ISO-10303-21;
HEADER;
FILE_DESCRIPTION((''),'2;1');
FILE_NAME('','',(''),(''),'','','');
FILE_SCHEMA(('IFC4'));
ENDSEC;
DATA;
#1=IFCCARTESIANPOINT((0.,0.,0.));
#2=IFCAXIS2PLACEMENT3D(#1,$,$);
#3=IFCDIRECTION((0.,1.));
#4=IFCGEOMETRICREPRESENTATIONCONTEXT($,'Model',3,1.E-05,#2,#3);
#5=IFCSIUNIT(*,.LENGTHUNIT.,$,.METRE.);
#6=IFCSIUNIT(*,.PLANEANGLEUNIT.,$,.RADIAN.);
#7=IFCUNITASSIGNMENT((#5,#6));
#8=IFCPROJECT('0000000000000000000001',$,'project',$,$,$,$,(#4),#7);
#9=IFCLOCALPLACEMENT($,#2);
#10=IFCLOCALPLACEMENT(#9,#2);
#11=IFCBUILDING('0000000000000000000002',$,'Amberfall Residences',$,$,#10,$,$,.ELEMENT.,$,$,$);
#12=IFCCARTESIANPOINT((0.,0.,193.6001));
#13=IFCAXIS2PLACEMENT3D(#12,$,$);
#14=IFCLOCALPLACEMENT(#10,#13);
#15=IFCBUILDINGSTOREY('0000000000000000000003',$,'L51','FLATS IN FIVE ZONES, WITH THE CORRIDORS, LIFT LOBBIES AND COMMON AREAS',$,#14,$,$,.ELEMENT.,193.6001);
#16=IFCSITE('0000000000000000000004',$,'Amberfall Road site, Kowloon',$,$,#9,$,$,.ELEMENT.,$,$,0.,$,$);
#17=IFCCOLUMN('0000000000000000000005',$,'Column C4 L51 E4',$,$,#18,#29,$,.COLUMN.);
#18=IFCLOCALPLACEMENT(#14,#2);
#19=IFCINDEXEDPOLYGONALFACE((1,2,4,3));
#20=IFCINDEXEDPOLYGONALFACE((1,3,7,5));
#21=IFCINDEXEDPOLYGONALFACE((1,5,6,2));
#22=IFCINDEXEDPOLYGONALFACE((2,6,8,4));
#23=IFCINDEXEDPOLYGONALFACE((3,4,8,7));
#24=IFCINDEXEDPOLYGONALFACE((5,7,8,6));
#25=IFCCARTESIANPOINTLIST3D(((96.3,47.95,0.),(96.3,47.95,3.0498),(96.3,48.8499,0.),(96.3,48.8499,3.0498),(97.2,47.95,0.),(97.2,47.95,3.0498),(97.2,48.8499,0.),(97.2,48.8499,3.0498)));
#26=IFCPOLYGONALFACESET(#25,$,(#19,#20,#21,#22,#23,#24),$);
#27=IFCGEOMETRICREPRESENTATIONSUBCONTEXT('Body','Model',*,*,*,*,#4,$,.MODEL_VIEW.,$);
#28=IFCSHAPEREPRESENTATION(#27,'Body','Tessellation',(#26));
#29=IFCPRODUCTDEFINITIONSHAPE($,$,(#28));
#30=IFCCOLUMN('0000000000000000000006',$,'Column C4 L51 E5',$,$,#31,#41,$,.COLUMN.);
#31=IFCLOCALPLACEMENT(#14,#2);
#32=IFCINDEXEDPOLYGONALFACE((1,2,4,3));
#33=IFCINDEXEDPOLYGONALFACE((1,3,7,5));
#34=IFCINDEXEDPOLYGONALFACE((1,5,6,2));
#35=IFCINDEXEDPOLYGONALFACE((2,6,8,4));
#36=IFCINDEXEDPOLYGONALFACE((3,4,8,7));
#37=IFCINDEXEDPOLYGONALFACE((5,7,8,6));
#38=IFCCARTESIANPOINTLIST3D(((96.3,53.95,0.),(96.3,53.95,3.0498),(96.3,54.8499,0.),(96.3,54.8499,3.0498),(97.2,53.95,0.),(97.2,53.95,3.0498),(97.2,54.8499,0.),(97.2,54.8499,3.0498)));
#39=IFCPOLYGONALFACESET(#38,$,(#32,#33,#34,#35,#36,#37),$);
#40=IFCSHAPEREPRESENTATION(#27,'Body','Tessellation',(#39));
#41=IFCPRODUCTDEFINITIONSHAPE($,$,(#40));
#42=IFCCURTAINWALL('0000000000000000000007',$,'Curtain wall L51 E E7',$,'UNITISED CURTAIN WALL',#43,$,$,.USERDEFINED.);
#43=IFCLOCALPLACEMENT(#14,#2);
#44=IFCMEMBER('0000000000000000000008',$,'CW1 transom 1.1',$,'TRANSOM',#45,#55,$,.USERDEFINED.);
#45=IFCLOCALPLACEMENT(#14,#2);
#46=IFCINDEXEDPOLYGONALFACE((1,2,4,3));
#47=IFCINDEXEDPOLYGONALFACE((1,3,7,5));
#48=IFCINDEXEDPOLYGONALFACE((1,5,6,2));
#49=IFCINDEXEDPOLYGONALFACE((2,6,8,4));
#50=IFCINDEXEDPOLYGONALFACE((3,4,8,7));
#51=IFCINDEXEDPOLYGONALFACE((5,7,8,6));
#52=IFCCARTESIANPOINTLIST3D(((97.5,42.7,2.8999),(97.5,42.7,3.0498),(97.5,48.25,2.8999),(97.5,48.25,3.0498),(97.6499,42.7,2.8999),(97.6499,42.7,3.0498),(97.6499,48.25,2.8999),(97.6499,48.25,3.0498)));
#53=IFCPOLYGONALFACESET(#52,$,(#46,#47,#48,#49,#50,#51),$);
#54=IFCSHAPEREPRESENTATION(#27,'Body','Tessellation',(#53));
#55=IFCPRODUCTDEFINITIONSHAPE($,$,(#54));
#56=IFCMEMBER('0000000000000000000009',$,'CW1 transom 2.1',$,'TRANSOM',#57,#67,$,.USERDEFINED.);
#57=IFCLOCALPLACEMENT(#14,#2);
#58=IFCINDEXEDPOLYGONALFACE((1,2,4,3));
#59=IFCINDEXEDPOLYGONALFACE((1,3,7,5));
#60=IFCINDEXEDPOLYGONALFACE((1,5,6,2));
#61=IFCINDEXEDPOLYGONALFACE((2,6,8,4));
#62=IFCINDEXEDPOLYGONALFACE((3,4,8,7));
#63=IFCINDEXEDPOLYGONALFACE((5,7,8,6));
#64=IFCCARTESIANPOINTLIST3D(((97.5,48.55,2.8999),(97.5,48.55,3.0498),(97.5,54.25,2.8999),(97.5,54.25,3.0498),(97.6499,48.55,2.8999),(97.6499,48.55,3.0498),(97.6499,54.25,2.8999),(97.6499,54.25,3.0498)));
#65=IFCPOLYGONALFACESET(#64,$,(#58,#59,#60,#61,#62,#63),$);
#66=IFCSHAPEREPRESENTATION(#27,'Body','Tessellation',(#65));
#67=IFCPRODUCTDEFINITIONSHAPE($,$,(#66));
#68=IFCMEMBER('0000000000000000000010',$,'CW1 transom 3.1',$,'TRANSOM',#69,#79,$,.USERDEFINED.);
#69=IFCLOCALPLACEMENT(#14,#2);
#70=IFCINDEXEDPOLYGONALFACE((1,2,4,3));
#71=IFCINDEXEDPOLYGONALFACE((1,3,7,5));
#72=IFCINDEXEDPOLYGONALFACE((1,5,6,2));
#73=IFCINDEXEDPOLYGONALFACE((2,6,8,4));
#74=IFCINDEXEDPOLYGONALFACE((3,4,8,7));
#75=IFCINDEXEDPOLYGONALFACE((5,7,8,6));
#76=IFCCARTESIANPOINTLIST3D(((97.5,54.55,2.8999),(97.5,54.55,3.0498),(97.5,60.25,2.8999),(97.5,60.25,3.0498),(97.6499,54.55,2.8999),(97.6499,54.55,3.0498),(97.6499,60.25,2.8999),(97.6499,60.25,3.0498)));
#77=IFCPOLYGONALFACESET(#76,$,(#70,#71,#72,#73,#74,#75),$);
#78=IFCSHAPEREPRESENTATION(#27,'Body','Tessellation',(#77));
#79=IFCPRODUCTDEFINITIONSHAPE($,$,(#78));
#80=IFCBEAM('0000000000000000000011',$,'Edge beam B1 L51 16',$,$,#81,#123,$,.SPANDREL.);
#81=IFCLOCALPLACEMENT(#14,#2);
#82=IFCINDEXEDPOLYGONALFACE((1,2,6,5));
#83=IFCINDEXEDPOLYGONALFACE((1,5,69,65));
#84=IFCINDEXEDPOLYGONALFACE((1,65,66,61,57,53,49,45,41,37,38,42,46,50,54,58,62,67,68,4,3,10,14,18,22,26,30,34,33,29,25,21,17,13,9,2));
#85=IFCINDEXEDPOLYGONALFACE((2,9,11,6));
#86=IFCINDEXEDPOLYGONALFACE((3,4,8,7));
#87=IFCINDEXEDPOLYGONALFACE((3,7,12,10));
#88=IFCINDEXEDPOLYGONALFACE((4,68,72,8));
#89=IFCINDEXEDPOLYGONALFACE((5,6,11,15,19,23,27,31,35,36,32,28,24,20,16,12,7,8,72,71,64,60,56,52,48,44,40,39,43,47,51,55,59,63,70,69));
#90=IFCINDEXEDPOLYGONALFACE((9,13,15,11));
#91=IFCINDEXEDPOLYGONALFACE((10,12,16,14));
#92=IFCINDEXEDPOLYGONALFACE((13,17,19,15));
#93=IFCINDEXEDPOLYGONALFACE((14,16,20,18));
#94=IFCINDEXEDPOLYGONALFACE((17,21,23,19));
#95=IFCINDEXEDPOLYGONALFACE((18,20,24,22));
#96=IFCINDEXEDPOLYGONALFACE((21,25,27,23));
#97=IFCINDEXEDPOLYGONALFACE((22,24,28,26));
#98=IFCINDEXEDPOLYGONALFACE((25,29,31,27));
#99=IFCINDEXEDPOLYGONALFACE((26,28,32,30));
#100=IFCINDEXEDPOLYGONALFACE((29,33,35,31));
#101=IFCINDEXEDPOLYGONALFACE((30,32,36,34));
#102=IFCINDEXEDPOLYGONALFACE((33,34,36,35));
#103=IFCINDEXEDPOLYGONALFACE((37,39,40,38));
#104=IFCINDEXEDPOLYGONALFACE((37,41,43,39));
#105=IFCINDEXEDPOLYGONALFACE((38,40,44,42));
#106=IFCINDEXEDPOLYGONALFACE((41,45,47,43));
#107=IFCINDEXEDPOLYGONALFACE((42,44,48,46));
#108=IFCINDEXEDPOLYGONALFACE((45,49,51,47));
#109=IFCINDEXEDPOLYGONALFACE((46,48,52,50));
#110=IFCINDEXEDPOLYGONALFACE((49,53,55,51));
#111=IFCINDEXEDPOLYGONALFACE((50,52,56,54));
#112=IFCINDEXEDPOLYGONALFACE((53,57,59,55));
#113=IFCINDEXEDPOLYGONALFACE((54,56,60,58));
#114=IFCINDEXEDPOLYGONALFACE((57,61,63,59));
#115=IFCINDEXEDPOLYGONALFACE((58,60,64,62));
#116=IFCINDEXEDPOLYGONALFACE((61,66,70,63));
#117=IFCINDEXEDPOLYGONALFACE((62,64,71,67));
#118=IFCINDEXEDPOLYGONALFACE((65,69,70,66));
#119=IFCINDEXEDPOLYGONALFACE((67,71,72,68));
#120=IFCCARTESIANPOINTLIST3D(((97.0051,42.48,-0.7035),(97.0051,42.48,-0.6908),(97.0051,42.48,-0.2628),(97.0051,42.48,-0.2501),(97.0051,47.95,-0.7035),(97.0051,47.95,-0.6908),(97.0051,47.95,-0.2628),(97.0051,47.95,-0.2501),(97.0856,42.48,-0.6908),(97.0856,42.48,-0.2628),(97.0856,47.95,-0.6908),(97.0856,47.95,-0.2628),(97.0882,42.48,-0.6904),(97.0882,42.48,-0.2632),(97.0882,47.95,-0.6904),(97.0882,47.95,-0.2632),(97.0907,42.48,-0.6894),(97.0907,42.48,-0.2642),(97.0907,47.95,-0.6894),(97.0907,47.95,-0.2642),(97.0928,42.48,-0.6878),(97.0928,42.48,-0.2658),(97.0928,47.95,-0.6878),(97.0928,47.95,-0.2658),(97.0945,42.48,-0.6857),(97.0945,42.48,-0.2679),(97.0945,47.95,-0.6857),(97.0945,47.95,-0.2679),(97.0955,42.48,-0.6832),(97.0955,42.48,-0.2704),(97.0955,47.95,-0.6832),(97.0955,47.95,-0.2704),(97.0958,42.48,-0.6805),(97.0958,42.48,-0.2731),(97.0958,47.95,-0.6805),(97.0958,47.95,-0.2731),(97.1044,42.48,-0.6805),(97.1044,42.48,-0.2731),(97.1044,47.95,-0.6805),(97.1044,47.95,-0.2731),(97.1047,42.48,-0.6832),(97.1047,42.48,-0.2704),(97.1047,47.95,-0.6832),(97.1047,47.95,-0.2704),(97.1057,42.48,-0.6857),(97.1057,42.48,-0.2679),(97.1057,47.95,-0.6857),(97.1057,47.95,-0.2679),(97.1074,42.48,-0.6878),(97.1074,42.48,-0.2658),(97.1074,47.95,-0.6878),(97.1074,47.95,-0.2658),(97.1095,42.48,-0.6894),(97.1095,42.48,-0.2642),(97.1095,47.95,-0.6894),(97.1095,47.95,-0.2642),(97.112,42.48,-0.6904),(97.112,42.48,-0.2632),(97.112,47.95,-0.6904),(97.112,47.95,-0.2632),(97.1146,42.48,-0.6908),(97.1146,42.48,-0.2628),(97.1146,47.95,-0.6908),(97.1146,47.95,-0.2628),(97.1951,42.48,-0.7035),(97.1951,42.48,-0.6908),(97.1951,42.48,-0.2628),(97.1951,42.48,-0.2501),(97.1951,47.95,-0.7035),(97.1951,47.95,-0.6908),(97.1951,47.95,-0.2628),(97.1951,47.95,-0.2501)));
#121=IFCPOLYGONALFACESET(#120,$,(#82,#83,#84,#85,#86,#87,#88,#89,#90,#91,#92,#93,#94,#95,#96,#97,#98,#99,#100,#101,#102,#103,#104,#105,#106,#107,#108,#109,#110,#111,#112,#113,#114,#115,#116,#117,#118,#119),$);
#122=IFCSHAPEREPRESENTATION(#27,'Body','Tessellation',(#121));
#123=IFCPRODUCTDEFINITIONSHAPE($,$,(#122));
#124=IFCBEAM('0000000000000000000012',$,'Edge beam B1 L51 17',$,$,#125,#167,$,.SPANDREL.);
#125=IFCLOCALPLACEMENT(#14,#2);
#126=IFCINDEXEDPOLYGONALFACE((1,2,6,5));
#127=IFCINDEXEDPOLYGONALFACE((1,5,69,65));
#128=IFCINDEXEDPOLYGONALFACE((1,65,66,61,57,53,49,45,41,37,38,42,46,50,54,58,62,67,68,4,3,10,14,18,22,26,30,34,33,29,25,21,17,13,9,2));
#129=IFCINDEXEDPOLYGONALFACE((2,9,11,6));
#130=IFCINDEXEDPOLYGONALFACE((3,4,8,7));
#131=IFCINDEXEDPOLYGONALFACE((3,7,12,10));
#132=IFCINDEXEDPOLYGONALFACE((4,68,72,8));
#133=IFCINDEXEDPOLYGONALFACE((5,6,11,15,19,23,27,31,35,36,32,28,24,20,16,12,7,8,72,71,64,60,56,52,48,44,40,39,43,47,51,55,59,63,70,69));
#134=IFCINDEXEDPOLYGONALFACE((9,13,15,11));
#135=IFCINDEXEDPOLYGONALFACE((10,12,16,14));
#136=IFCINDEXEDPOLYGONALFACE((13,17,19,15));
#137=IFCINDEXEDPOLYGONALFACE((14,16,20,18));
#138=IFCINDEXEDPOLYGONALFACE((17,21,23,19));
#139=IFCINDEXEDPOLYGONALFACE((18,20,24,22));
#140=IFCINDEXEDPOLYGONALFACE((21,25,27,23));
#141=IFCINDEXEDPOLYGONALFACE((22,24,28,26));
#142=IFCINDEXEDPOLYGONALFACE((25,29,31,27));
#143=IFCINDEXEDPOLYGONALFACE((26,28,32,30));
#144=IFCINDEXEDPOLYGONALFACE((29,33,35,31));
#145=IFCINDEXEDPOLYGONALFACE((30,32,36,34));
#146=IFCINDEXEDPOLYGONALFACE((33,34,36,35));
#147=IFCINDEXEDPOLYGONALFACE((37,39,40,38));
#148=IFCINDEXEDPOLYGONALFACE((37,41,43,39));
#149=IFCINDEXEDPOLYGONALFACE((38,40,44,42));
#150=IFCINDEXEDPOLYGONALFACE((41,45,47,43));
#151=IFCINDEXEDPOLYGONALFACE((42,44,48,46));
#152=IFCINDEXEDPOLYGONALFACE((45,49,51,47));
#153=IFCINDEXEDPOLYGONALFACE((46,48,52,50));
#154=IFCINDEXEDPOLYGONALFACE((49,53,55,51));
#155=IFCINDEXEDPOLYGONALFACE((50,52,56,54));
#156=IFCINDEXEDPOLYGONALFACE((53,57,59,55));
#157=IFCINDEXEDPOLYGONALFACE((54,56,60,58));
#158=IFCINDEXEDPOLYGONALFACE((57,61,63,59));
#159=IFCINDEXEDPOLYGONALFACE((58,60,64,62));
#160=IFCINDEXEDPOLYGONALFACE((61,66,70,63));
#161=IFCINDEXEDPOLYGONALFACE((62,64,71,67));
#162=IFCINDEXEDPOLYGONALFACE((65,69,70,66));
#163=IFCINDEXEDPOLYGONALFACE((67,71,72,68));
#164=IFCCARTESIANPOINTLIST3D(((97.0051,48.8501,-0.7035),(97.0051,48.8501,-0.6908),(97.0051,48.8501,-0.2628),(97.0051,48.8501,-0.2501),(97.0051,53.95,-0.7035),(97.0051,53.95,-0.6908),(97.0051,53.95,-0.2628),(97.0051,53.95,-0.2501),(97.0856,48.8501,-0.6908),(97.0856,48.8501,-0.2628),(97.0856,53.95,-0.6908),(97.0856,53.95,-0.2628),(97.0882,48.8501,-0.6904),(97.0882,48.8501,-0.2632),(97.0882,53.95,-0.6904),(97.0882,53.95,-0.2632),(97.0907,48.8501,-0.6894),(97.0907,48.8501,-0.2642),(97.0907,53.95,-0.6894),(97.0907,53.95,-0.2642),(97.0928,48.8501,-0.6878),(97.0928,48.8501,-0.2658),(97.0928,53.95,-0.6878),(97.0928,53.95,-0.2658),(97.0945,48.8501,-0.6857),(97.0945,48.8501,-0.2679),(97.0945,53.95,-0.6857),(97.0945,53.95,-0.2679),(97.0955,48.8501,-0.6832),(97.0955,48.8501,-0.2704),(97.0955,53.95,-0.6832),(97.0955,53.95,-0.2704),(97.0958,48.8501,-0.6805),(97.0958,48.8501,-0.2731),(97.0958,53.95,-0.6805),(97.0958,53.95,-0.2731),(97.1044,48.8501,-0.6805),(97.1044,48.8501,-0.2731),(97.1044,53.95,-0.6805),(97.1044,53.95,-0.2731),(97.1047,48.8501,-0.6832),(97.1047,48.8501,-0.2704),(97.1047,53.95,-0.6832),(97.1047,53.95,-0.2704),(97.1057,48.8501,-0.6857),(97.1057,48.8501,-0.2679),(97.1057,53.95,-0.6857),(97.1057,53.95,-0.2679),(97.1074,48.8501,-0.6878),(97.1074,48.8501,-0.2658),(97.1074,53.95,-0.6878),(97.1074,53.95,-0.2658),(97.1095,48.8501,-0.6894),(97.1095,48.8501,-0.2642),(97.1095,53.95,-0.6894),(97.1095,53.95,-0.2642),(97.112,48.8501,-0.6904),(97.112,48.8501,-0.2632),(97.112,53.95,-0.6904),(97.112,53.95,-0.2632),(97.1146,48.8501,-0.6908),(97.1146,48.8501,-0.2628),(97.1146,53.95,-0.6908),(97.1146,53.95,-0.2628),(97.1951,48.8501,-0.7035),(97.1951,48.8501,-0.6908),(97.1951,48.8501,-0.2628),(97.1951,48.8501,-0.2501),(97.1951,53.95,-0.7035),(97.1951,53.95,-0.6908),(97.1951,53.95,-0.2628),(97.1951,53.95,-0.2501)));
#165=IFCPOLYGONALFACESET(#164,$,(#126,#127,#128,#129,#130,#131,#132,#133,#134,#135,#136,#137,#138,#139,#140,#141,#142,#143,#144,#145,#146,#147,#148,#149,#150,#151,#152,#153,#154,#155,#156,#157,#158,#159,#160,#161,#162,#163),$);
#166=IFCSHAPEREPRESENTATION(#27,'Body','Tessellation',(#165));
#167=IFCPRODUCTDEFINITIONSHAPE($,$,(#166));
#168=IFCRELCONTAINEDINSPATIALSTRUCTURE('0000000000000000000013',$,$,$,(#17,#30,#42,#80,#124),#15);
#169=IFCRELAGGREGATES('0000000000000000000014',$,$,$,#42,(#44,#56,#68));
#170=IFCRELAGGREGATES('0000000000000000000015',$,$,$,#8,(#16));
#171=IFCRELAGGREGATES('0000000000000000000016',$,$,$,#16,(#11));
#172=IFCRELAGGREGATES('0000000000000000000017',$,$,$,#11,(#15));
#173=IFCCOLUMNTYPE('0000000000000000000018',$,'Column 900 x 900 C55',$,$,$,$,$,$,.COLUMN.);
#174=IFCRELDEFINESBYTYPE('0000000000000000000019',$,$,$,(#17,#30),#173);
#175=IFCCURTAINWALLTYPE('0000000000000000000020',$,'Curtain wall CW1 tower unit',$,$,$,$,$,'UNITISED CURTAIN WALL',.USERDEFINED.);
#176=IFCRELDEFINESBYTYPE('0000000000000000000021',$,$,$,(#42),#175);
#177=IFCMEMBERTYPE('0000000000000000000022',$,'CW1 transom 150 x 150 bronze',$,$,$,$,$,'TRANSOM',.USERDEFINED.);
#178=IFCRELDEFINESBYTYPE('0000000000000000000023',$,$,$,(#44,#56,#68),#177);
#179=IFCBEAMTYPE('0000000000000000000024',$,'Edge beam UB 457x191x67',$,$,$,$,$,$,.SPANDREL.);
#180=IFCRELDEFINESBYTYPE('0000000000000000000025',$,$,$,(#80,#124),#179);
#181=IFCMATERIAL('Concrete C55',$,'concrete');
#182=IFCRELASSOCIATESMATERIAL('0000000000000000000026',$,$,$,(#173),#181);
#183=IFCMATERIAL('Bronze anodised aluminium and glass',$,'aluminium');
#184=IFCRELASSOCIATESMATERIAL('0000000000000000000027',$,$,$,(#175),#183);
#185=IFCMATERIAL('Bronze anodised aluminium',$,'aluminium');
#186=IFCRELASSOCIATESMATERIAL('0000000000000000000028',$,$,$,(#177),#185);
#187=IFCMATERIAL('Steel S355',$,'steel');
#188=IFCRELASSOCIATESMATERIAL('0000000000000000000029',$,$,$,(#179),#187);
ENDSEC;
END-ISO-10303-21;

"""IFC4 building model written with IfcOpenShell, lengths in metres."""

from ifc_helpers import new_model, si_unit, direction, frame, origin, origin_2d, place, context, subcontext, project, spatial, rectangle, i_section, extrude, material, material_profile, profile_set, type_object, element, aggregate, save


model = new_model("IFC4")

# Units and contexts
model_context = context("Model", 3, precision=1e-05, world=origin(), true_north=direction((0.0, 1.0)))
body_context = subcontext(model_context, "Body", "Model", "MODEL_VIEW")
ifc_project = project(units=[si_unit("LENGTHUNIT", "METRE"), si_unit("PLANEANGLEUNIT", "RADIAN")], contexts=[model_context])

# Site, building, storey
site_placement = place(None, origin())
site = spatial("IfcSite", under=ifc_project, at=site_placement, Name="Amberfall Road site, Kowloon", CompositionType="ELEMENT", RefElevation=0.0)
building_placement = place(site_placement, origin())
building = spatial("IfcBuilding", under=site, at=building_placement, Name="Amberfall Residences", CompositionType="ELEMENT")
storey_placement = place(building_placement, frame((0.0, 0.0, 193.6001)))
storey = spatial("IfcBuildingStorey", under=building, at=storey_placement, Name="L51", Description="FLATS IN FIVE ZONES, WITH THE CORRIDORS, LIFT LOBBIES AND COMMON AREAS", CompositionType="ELEMENT", Elevation=193.6001)

# Columns
ifc_material_1 = material(Name="Concrete C55", Category="concrete")
ifc_material_profile_1 = material_profile(ifc_material_1, rectangle(XDim=0.8999, YDim=0.8999, at=origin_2d()), Name="Column 900 x 900 C55")
ifc_profile_set_1 = profile_set([ifc_material_profile_1], Name="Concrete C55")
column_type = type_object("IfcColumnType", Name="Column 900 x 900 C55", PredefinedType="COLUMN", material=ifc_profile_set_1)
for number, where, z_axis, x_axis, name in (
    (1, (96.75, 48.3999, 0.0), (0.0, 0.0, 1.0), (1.0, 0.0, 0.0), "Column C4 L51 E4"),
    (2, (96.75, 54.3999, 0.0), (0.0, 0.0, 1.0), (1.0, 0.0, 0.0), "Column C4 L51 E5"),
):
    element("IfcColumn", number, at=place(storey_placement, frame(where, z_axis=z_axis, x_axis=x_axis)), inside=storey, type_object=column_type, Name=name, PredefinedType="COLUMN", context=body_context, shape_type="SweptSolid", body=[
        extrude(rectangle(XDim=0.8999, YDim=0.8999, at=origin_2d()), origin(), (0.0, 0.0, 1.0), 3.0498),
    ])

# Curtain wall, members
ifc_material_2 = material(Name="Bronze anodised aluminium and glass", Category="aluminium")
curtain_wall_type = type_object("IfcCurtainWallType", Name="Curtain wall CW1 tower unit", ElementType="UNITISED CURTAIN WALL", PredefinedType="USERDEFINED", material=ifc_material_2)
curtain_wall_placement = place(storey_placement, origin())
curtain_wall = element("IfcCurtainWall", 3, at=curtain_wall_placement, inside=storey, type_object=curtain_wall_type, Name="Curtain wall L51 E E7", ObjectType="UNITISED CURTAIN WALL", PredefinedType="USERDEFINED")
ifc_material_3 = material(Name="Bronze anodised aluminium", Category="aluminium")
ifc_material_profile_2 = material_profile(ifc_material_3, rectangle(XDim=0.1499, YDim=0.1499, at=origin_2d()), Name="CW1 transom 150 x 150 bronze")
ifc_profile_set_2 = profile_set([ifc_material_profile_2], Name="Bronze anodised aluminium")
member_type_1 = type_object("IfcMemberType", Name="CW1 transom 150 x 150 bronze", ElementType="TRANSOM", PredefinedType="USERDEFINED", material=ifc_profile_set_2)
member_1_placement = place(storey_placement, frame((97.575, 42.7, 2.9749), z_axis=(0.0, 1.0, 0.0), x_axis=(-1.0, 0.0, 0.0)))
member_1 = element("IfcMember", 4, at=member_1_placement, type_object=member_type_1, Name="CW1 transom 1.1", ObjectType="TRANSOM", PredefinedType="USERDEFINED", context=body_context, shape_type="SweptSolid", body=[
    extrude(rectangle(XDim=0.1499, YDim=0.1499, at=origin_2d()), origin(), (0.0, 0.0, 1.0), 5.55),
])
member_2_placement = place(storey_placement, frame((97.575, 48.55, 2.9749), z_axis=(0.0, 1.0, 0.0), x_axis=(-1.0, 0.0, 0.0)))
member_2 = element("IfcMember", 5, at=member_2_placement, type_object=member_type_1, Name="CW1 transom 2.1", ObjectType="TRANSOM", PredefinedType="USERDEFINED", context=body_context, shape_type="SweptSolid", body=[
    extrude(rectangle(XDim=0.1499, YDim=0.1499, at=origin_2d()), origin(), (0.0, 0.0, 1.0), 5.7),
])
member_3_placement = place(storey_placement, frame((97.575, 54.55, 2.9749), z_axis=(0.0, 1.0, 0.0), x_axis=(-1.0, 0.0, 0.0)))
member_3 = element("IfcMember", 6, at=member_3_placement, type_object=member_type_1, Name="CW1 transom 3.1", ObjectType="TRANSOM", PredefinedType="USERDEFINED", context=body_context, shape_type="SweptSolid", body=[
    extrude(rectangle(XDim=0.1499, YDim=0.1499, at=origin_2d()), origin(), (0.0, 0.0, 1.0), 5.7),
])

# Beams
ifc_material_4 = material(Name="Steel S355", Category="steel")
ifc_material_profile_3 = material_profile(ifc_material_4, i_section(OverallWidth=0.1899, OverallDepth=0.4534, WebThickness=0.0085, FlangeThickness=0.0127, FilletRadius=0.0103, at=origin_2d()), Name="UB 457x191x67")
ifc_profile_set_3 = profile_set([ifc_material_profile_3], Name="Steel S355")
beam_type_1 = type_object("IfcBeamType", Name="Edge beam UB 457x191x67", PredefinedType="SPANDREL", material=ifc_profile_set_3)
beam_placement = place(storey_placement, frame((97.1001, 42.48, -0.4768), z_axis=(0.0, 1.0, 0.0), x_axis=(-1.0, 0.0, 0.0)))
element("IfcBeam", 7, at=beam_placement, inside=storey, type_object=beam_type_1, Name="Edge beam B1 L51 16", PredefinedType="SPANDREL", context=body_context, shape_type="SweptSolid", body=[
    extrude(i_section(OverallWidth=0.1899, OverallDepth=0.4534, WebThickness=0.0085, FlangeThickness=0.0127, FilletRadius=0.0103, at=origin_2d()), origin(), (0.0, 0.0, 1.0), 5.47),
])
for number, where, z_axis, x_axis, name in (
    (8, (97.1001, 48.8501, -0.4768), (0.0, 1.0, 0.0), (-1.0, 0.0, 0.0), "Edge beam B1 L51 17"),
):
    element("IfcBeam", number, at=place(storey_placement, frame(where, z_axis=z_axis, x_axis=x_axis)), inside=storey, type_object=beam_type_1, Name=name, PredefinedType="SPANDREL", context=body_context, shape_type="SweptSolid", body=[
        extrude(i_section(OverallWidth=0.1899, OverallDepth=0.4534, WebThickness=0.0085, FlangeThickness=0.0127, FilletRadius=0.0103, at=origin_2d()), origin(), (0.0, 0.0, 1.0), 5.0999),
    ])

aggregate(curtain_wall, [member_1, member_2, member_3])

save(model, "model.ifc")
